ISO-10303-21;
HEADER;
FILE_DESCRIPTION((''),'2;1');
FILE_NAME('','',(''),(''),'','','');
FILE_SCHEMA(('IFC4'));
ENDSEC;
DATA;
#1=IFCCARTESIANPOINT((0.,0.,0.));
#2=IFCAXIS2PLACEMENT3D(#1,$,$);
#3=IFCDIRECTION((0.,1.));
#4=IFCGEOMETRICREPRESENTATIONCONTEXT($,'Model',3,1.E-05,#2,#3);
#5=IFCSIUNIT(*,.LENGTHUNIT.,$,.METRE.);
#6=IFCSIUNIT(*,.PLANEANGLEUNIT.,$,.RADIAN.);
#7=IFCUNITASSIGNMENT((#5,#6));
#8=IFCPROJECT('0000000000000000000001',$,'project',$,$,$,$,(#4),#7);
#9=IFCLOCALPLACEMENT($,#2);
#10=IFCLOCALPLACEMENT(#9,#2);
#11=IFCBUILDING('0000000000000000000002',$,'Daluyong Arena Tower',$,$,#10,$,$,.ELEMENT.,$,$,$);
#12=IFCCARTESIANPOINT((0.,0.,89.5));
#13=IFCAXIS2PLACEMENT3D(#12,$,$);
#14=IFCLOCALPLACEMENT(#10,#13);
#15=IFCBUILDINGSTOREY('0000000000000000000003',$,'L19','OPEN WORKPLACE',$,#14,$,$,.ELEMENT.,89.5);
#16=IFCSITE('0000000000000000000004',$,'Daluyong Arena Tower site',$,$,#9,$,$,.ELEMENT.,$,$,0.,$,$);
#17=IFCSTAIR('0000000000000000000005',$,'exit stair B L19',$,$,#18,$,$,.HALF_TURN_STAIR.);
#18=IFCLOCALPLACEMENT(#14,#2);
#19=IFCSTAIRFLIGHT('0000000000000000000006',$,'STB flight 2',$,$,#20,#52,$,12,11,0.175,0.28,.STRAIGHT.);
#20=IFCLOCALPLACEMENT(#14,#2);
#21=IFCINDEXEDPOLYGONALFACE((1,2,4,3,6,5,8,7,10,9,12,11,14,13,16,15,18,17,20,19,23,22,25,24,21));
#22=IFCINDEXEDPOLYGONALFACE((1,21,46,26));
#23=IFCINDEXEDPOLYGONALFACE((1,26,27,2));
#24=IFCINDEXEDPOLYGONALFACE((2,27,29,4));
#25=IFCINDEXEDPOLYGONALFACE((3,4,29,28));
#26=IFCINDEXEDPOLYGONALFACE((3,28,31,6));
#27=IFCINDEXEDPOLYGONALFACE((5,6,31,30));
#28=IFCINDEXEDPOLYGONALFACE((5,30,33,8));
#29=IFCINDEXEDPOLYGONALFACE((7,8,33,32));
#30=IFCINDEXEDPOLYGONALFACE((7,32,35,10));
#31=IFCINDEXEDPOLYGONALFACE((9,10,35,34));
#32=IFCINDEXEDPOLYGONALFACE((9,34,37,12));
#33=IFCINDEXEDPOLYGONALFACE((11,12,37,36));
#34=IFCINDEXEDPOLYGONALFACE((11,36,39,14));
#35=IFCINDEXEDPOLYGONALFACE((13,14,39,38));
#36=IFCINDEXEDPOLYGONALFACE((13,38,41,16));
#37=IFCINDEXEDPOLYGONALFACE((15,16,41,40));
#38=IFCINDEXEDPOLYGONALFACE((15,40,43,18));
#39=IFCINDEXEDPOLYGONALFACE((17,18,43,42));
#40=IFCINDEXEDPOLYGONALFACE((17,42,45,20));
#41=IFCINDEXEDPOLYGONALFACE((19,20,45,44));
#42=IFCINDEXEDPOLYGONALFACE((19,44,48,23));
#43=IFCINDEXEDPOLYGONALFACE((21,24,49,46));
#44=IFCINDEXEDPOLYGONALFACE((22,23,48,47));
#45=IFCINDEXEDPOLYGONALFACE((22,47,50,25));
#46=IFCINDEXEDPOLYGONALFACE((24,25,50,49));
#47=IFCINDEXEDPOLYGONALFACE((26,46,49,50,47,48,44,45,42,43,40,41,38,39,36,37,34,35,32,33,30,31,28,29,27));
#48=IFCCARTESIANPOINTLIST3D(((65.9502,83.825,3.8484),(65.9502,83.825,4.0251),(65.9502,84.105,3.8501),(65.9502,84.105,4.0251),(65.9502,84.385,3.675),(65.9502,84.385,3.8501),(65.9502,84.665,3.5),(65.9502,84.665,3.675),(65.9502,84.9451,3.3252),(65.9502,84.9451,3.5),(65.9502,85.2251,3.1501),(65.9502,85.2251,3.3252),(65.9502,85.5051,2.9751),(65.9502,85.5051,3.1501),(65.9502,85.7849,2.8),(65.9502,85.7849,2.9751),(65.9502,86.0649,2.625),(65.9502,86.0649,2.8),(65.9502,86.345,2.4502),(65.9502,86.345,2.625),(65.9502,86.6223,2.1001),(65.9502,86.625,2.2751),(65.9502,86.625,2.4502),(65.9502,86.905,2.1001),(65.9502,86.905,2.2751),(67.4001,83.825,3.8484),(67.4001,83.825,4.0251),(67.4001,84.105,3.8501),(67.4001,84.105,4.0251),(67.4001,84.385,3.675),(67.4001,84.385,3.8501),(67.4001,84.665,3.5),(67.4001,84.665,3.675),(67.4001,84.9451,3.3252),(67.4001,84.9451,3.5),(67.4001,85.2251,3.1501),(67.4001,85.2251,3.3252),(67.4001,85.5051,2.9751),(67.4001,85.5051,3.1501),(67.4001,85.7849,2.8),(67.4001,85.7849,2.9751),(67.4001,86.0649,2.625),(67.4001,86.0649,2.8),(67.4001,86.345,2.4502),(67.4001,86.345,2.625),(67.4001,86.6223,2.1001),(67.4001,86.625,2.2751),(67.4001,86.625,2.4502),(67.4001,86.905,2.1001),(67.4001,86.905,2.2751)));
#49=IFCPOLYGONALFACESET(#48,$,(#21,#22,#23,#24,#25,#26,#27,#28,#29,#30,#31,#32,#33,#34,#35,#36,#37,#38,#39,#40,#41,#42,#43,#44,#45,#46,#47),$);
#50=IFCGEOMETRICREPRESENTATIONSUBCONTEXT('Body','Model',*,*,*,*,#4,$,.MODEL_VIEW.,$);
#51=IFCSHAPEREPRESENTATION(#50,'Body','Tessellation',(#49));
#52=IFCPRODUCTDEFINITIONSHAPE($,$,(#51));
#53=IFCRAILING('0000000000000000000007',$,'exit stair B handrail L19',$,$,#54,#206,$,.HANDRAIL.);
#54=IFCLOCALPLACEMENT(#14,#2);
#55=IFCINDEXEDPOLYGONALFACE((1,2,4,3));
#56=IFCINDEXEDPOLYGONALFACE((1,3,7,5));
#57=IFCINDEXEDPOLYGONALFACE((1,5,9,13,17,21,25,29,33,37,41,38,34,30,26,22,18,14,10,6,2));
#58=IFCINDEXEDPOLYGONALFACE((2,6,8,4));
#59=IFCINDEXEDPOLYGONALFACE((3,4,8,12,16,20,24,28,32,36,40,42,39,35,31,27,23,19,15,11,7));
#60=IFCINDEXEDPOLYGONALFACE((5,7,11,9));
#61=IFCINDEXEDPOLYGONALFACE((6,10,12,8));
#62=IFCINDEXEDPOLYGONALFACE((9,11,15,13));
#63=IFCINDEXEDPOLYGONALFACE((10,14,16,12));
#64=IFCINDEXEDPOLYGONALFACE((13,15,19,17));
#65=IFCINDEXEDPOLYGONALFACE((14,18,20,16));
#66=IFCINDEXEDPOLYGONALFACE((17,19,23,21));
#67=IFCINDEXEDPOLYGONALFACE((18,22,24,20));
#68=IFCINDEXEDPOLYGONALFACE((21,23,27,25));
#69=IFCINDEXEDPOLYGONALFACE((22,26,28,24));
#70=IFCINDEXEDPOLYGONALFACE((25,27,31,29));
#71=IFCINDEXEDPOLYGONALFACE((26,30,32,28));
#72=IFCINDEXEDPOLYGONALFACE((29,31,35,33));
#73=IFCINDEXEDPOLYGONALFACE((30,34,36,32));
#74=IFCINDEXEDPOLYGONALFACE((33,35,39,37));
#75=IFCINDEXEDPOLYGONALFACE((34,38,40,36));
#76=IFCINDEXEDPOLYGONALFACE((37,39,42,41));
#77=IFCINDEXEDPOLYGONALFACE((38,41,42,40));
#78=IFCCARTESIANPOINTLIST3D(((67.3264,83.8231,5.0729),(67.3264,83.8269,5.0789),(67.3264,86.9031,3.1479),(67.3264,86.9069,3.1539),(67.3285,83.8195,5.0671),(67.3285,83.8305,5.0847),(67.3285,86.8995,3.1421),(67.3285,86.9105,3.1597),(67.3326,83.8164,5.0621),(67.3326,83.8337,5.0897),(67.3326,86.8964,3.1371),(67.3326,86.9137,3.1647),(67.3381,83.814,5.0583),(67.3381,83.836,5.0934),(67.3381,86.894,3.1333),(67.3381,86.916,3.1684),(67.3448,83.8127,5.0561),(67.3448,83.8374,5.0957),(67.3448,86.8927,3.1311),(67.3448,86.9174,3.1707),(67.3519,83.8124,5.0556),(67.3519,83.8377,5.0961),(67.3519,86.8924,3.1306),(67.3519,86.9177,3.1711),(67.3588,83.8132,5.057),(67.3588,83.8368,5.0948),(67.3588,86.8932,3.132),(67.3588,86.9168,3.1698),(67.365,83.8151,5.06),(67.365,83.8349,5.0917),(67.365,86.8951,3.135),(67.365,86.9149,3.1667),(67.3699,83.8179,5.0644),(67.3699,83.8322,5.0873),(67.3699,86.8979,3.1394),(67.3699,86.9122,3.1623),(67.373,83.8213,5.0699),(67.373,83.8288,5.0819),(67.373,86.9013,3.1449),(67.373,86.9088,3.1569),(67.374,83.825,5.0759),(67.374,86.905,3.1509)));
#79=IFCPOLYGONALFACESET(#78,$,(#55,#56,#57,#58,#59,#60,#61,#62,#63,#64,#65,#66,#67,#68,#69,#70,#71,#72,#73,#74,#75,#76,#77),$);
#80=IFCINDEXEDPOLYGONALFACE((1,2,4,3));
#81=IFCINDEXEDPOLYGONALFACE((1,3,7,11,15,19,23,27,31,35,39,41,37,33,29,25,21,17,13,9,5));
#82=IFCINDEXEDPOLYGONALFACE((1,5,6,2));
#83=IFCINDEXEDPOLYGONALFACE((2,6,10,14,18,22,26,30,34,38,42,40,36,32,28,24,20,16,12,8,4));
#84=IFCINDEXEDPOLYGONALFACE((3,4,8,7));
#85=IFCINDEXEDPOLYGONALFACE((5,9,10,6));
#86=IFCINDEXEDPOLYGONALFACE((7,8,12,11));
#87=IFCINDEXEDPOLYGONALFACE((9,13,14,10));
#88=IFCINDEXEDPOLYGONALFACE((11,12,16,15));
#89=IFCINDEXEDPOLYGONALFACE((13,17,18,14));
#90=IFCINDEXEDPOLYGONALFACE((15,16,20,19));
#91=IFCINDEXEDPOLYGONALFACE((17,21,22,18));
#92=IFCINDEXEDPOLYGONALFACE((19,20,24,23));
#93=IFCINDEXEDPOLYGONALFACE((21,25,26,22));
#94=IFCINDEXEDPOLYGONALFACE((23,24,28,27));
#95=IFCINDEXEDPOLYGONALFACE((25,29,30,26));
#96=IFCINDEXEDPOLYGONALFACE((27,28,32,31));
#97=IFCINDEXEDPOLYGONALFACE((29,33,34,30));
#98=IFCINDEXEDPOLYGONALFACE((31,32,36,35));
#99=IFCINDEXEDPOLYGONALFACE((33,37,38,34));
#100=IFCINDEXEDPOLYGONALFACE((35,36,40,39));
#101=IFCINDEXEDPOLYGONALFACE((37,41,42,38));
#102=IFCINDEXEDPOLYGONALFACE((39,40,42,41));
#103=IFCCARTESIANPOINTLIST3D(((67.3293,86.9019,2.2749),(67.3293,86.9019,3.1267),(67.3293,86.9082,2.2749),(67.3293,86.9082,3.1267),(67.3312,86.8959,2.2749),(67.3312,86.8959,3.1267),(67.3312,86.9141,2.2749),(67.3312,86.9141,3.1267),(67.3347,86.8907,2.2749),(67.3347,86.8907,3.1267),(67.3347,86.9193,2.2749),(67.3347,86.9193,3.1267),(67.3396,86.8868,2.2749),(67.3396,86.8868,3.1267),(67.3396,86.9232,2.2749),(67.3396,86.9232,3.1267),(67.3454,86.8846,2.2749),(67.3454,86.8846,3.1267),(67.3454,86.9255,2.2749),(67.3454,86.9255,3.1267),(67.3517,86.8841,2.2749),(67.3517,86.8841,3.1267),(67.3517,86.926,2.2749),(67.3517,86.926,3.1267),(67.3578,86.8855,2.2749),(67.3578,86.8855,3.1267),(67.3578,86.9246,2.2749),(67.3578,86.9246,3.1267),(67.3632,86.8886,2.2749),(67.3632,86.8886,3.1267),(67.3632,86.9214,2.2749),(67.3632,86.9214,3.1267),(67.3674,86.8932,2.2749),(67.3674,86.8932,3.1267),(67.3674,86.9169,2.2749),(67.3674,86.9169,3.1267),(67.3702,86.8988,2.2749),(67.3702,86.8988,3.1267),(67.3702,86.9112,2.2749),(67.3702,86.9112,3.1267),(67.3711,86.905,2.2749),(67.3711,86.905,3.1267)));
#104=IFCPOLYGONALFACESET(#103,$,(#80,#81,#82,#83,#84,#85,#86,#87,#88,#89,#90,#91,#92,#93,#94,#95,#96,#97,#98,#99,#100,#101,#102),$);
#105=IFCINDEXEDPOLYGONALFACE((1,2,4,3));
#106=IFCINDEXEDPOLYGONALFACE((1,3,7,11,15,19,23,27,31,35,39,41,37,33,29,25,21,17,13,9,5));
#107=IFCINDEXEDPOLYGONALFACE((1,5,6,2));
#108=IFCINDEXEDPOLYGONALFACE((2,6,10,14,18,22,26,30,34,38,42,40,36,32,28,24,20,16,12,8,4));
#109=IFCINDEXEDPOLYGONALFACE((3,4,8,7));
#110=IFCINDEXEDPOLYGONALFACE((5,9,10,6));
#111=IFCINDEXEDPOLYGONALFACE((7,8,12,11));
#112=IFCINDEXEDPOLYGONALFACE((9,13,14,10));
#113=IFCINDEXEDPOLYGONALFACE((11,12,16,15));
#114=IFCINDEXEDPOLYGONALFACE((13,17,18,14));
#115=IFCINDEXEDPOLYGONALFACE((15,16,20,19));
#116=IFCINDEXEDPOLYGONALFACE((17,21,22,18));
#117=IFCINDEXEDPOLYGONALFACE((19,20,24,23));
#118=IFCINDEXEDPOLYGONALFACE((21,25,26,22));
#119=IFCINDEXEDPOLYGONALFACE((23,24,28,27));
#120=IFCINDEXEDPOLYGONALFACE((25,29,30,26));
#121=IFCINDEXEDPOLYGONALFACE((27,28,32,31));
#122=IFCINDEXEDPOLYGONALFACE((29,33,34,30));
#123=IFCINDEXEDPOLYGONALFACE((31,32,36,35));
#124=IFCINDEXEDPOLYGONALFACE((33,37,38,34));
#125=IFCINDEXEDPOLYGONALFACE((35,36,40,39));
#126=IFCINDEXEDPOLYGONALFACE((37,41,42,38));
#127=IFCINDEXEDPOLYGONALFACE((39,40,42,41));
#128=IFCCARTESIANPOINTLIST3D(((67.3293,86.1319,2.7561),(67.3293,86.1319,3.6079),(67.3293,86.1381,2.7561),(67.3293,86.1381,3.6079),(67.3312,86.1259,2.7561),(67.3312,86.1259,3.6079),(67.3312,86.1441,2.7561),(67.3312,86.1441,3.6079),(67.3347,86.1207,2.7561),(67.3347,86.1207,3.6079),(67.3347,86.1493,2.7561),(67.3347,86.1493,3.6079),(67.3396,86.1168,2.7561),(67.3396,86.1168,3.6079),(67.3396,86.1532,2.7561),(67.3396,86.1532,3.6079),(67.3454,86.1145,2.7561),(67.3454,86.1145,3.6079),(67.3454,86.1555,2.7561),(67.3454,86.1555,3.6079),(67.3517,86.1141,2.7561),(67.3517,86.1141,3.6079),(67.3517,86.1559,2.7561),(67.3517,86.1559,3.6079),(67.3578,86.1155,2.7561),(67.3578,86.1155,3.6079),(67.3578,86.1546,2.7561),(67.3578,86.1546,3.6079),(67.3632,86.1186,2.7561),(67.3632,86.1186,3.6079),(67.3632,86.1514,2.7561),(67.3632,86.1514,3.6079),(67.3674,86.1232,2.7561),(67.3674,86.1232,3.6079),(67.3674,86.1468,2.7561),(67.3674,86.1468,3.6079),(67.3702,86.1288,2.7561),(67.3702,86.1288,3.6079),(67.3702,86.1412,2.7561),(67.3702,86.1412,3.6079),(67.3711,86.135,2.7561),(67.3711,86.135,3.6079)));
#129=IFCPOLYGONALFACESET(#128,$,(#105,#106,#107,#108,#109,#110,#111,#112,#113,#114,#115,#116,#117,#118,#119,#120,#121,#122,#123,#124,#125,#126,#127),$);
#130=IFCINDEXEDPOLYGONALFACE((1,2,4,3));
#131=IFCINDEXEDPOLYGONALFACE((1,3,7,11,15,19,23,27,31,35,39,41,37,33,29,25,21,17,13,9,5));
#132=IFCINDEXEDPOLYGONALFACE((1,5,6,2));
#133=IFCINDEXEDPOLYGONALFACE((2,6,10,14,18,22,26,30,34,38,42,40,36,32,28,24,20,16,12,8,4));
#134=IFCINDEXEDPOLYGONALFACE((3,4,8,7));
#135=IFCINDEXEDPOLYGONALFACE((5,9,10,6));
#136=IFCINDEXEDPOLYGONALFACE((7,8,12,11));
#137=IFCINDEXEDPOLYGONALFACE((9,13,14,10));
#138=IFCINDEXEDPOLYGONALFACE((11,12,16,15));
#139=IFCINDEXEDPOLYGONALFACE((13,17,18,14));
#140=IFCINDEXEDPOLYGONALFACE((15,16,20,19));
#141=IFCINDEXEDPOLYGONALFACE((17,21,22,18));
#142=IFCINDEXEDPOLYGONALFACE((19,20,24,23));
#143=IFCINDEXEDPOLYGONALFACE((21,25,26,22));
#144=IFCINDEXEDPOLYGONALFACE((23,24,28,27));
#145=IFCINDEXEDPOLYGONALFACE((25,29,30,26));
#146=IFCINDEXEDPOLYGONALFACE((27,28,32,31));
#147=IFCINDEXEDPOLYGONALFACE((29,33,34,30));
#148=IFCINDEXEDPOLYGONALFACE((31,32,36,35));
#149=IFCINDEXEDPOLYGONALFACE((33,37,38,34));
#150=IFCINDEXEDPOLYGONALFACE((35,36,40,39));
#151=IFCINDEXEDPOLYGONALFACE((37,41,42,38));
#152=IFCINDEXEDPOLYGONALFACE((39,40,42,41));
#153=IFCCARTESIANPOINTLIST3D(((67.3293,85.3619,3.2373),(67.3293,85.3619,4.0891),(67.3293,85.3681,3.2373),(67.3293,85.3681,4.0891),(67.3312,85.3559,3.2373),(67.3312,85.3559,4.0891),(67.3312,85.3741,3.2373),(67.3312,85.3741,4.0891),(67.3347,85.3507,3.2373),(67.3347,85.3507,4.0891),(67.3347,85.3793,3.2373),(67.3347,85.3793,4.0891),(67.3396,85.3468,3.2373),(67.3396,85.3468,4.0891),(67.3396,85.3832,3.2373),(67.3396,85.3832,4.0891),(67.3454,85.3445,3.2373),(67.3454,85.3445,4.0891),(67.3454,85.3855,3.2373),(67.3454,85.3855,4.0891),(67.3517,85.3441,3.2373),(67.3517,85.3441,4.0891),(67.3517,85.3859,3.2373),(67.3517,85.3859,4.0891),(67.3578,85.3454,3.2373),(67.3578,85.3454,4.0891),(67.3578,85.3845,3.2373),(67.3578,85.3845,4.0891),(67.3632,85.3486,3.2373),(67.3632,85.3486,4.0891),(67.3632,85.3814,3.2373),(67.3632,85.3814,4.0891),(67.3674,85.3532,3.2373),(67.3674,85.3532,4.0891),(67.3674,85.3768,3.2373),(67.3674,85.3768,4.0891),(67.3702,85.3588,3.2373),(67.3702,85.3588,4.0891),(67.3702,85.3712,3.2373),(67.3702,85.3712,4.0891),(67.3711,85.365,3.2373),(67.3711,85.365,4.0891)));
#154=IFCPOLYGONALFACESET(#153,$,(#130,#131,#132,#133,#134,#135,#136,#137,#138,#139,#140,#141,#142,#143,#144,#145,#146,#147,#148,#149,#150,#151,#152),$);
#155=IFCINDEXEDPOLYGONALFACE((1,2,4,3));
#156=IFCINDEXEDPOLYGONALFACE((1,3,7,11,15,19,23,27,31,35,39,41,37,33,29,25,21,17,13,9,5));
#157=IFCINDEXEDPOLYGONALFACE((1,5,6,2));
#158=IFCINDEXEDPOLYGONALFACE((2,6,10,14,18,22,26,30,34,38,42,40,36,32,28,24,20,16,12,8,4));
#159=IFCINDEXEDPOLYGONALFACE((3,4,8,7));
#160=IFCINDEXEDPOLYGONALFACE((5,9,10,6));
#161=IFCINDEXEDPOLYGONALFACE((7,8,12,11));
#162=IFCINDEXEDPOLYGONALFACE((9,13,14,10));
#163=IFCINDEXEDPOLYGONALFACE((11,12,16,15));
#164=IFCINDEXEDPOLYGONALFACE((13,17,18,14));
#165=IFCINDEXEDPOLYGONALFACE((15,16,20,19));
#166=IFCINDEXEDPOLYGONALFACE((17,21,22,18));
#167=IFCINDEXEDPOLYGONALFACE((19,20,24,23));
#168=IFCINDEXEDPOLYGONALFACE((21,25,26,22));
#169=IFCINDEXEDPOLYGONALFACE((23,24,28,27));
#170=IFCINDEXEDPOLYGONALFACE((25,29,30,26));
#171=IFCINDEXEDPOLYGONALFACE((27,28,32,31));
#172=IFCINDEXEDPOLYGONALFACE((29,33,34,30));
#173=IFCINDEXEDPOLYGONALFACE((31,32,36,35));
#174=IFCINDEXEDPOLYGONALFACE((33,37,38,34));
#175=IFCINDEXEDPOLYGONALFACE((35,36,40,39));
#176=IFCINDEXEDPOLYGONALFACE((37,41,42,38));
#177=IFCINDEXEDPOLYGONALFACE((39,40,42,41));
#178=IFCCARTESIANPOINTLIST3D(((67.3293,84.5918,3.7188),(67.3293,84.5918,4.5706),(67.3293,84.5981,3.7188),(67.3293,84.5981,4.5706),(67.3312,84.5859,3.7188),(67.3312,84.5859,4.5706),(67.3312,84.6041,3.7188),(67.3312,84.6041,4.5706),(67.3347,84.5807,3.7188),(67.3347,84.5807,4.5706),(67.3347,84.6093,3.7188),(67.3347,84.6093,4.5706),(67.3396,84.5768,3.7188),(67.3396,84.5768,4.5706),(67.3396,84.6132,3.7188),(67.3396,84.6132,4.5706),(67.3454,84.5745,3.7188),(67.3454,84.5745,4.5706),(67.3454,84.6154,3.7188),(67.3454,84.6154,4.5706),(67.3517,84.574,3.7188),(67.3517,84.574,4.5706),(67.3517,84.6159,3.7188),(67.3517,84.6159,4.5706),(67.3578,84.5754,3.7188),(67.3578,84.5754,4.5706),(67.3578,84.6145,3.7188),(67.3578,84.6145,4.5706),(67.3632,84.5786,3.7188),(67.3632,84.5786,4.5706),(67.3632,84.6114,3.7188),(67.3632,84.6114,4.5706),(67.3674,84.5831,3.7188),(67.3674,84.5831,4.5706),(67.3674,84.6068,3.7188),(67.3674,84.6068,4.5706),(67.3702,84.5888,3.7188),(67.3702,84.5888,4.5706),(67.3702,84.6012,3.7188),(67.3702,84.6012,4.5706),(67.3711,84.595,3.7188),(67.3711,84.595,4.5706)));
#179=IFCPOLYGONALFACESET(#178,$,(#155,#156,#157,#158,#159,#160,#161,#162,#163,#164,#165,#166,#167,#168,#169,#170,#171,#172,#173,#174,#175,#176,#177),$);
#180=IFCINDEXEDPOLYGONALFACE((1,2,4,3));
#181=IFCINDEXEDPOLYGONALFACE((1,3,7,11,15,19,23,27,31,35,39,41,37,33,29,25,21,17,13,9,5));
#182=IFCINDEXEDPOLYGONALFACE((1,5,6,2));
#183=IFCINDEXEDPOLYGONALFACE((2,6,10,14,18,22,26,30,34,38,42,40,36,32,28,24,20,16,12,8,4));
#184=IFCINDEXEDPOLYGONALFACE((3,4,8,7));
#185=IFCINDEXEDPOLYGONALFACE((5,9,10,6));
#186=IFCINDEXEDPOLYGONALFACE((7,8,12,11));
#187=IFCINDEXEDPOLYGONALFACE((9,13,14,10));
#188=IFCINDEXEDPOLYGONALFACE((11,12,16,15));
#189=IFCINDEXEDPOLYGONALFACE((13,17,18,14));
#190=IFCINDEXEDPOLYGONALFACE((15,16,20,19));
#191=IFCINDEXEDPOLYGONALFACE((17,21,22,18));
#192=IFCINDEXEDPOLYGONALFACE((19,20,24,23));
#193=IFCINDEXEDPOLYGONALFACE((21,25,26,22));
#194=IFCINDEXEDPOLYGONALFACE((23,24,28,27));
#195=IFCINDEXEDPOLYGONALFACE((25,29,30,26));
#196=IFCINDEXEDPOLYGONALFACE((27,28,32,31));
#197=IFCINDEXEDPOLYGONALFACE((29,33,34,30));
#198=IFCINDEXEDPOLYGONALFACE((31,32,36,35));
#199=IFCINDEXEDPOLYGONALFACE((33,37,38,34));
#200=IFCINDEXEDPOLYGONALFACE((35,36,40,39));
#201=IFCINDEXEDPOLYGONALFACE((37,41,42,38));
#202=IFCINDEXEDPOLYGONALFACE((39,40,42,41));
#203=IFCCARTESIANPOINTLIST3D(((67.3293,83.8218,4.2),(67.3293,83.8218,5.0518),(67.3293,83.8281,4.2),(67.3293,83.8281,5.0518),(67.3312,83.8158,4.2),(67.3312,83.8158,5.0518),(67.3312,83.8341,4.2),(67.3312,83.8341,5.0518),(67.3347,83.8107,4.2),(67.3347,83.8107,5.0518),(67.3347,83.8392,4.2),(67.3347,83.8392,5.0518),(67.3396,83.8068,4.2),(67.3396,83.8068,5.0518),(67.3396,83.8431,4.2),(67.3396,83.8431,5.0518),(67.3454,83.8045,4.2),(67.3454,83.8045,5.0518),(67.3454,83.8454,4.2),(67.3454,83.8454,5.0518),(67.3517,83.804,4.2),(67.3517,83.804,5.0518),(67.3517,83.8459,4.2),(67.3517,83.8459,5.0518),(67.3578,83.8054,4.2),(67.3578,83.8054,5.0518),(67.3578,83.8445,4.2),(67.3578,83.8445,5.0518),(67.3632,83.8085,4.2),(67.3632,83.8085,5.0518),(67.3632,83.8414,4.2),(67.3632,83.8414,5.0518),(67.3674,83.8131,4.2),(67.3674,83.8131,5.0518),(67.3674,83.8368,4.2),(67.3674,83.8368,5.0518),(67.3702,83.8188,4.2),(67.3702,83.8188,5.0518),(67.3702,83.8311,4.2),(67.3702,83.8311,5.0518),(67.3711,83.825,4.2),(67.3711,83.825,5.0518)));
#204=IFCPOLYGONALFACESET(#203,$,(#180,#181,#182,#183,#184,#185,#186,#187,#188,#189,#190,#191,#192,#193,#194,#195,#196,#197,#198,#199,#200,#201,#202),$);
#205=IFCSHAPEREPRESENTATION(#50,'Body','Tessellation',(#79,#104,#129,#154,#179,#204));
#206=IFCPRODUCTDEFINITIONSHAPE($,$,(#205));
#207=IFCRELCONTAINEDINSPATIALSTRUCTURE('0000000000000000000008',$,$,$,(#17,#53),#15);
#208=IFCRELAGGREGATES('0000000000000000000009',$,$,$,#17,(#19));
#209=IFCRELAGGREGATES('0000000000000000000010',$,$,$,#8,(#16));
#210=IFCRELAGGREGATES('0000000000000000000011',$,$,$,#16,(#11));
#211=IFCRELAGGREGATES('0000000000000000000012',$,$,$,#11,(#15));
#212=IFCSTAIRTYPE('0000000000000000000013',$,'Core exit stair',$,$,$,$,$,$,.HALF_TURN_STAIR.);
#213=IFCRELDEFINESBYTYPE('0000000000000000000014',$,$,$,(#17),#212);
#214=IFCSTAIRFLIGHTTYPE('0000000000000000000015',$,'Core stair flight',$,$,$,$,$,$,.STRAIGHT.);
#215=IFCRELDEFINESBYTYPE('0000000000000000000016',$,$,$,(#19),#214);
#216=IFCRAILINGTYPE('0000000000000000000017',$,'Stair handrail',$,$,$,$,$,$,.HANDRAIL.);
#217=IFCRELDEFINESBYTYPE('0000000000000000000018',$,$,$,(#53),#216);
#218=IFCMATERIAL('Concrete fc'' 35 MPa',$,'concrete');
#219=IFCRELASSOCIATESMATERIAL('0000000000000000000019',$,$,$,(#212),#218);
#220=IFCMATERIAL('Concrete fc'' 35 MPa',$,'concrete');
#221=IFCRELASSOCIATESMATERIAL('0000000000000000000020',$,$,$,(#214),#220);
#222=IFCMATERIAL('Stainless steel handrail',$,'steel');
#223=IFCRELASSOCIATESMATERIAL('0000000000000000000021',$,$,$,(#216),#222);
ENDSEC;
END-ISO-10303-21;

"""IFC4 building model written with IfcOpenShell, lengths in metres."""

from ifc_helpers import new_model, si_unit, direction, frame, origin, origin_2d, place, context, subcontext, project, spatial, polyline, circle, outline, extrude, material, type_object, element, aggregate, save


model = new_model("IFC4")

# Units and contexts
model_context = context("Model", 3, precision=1e-05, world=origin(), true_north=direction((0.0, 1.0)))
body_context = subcontext(model_context, "Body", "Model", "MODEL_VIEW")
ifc_project = project(units=[si_unit("LENGTHUNIT", "METRE"), si_unit("PLANEANGLEUNIT", "RADIAN")], contexts=[model_context])

# Site, building, storey
site_placement = place(None, origin())
site = spatial("IfcSite", under=ifc_project, at=site_placement, Name="Daluyong Arena Tower site", CompositionType="ELEMENT", RefElevation=0.0)
building_placement = place(site_placement, origin())
building = spatial("IfcBuilding", under=site, at=building_placement, Name="Daluyong Arena Tower", CompositionType="ELEMENT")
storey_placement = place(building_placement, frame((0.0, 0.0, 89.5)))
storey = spatial("IfcBuildingStorey", under=building, at=storey_placement, Name="L19", Description="OPEN WORKPLACE", CompositionType="ELEMENT", Elevation=89.5)

# Stair, stair flight
ifc_material_1 = material(Name="Concrete fc' 35 MPa", Category="concrete")
stair_type = type_object("IfcStairType", Name="Core exit stair", PredefinedType="HALF_TURN_STAIR", material=ifc_material_1)
stair_placement = place(storey_placement, origin())
stair = element("IfcStair", 1, at=stair_placement, inside=storey, type_object=stair_type, Name="exit stair B L19", PredefinedType="HALF_TURN_STAIR")
ifc_material_2 = material(Name="Concrete fc' 35 MPa", Category="concrete")
stair_flight_type = type_object("IfcStairFlightType", Name="Core stair flight", PredefinedType="STRAIGHT", material=ifc_material_2)
stair_flight_placement = place(storey_placement, frame((66.675, 86.905, 2.1001), z_axis=(0.0, 0.0, 1.0), x_axis=(0.0, -1.0, 0.0)))
stair_flight = element("IfcStairFlight", 2, at=stair_flight_placement, type_object=stair_flight_type, Name="STB flight 2", NumberOfRisers=12, NumberOfTreads=11, PredefinedType="STRAIGHT", RiserHeight=0.175, TreadLength=0.28, context=body_context, shape_type="SweptSolid", body=[
    extrude(outline(polyline([(0.0, 0.0), (0.0, 0.175), (0.28, 0.175), (0.28, 0.3501), (0.5601, 0.3501), (0.5601, 0.5249), (0.8401, 0.5249), (0.8401, 0.7), (1.1201, 0.7), (1.1201, 0.875), (1.3999, 0.875), (1.3999, 1.05), (1.6799, 1.05), (1.6799, 1.2251), (1.96, 1.2251), (1.96, 1.3999), (2.24, 1.3999), (2.24, 1.575), (2.52, 1.575), (2.52, 1.75), (2.8, 1.75), (2.8, 1.925), (3.0801, 1.925), (3.0801, 2.1001), (3.0801, 1.7483), (0.2827, 0.0), (0.0, 0.0)])), frame((0.0, 0.7251, 0.0), z_axis=(0.0, -1.0, 0.0), x_axis=(1.0, 0.0, 0.0)), (0.0, 0.0, 1.0), 1.45),
])
aggregate(stair, [stair_flight])

# Railing
ifc_material_3 = material(Name="Stainless steel handrail", Category="steel")
railing_type = type_object("IfcRailingType", Name="Stair handrail", PredefinedType="HANDRAIL", material=ifc_material_3)
railing_placement = place(storey_placement, frame((67.3501, 86.905, 2.2749)))
element("IfcRailing", 3, at=railing_placement, inside=storey, type_object=railing_type, Name="exit stair B handrail L19", PredefinedType="HANDRAIL", context=body_context, shape_type="SweptSolid", body=[
    extrude(circle(Radius=0.0239, at=origin_2d()), frame((0.0, 0.0, 0.876), z_axis=(0.0, -0.847998, 0.529999), x_axis=(1.0, 0.0, 0.0)), (0.0, 0.0, 1.0), 3.6321),
    extrude(circle(Radius=0.021, at=origin_2d()), origin(), (0.0, 0.0, 1.0), 0.8518),
    extrude(circle(Radius=0.021, at=origin_2d()), frame((0.0, -0.77, 0.4812)), (0.0, 0.0, 1.0), 0.8518),
    extrude(circle(Radius=0.021, at=origin_2d()), frame((0.0, -1.54, 0.9624)), (0.0, 0.0, 1.0), 0.8518),
    extrude(circle(Radius=0.021, at=origin_2d()), frame((0.0, -2.3101, 1.4438)), (0.0, 0.0, 1.0), 0.8518),
    extrude(circle(Radius=0.021, at=origin_2d()), frame((0.0, -3.0801, 1.925)), (0.0, 0.0, 1.0), 0.8518),
])

save(model, "model.ifc")
